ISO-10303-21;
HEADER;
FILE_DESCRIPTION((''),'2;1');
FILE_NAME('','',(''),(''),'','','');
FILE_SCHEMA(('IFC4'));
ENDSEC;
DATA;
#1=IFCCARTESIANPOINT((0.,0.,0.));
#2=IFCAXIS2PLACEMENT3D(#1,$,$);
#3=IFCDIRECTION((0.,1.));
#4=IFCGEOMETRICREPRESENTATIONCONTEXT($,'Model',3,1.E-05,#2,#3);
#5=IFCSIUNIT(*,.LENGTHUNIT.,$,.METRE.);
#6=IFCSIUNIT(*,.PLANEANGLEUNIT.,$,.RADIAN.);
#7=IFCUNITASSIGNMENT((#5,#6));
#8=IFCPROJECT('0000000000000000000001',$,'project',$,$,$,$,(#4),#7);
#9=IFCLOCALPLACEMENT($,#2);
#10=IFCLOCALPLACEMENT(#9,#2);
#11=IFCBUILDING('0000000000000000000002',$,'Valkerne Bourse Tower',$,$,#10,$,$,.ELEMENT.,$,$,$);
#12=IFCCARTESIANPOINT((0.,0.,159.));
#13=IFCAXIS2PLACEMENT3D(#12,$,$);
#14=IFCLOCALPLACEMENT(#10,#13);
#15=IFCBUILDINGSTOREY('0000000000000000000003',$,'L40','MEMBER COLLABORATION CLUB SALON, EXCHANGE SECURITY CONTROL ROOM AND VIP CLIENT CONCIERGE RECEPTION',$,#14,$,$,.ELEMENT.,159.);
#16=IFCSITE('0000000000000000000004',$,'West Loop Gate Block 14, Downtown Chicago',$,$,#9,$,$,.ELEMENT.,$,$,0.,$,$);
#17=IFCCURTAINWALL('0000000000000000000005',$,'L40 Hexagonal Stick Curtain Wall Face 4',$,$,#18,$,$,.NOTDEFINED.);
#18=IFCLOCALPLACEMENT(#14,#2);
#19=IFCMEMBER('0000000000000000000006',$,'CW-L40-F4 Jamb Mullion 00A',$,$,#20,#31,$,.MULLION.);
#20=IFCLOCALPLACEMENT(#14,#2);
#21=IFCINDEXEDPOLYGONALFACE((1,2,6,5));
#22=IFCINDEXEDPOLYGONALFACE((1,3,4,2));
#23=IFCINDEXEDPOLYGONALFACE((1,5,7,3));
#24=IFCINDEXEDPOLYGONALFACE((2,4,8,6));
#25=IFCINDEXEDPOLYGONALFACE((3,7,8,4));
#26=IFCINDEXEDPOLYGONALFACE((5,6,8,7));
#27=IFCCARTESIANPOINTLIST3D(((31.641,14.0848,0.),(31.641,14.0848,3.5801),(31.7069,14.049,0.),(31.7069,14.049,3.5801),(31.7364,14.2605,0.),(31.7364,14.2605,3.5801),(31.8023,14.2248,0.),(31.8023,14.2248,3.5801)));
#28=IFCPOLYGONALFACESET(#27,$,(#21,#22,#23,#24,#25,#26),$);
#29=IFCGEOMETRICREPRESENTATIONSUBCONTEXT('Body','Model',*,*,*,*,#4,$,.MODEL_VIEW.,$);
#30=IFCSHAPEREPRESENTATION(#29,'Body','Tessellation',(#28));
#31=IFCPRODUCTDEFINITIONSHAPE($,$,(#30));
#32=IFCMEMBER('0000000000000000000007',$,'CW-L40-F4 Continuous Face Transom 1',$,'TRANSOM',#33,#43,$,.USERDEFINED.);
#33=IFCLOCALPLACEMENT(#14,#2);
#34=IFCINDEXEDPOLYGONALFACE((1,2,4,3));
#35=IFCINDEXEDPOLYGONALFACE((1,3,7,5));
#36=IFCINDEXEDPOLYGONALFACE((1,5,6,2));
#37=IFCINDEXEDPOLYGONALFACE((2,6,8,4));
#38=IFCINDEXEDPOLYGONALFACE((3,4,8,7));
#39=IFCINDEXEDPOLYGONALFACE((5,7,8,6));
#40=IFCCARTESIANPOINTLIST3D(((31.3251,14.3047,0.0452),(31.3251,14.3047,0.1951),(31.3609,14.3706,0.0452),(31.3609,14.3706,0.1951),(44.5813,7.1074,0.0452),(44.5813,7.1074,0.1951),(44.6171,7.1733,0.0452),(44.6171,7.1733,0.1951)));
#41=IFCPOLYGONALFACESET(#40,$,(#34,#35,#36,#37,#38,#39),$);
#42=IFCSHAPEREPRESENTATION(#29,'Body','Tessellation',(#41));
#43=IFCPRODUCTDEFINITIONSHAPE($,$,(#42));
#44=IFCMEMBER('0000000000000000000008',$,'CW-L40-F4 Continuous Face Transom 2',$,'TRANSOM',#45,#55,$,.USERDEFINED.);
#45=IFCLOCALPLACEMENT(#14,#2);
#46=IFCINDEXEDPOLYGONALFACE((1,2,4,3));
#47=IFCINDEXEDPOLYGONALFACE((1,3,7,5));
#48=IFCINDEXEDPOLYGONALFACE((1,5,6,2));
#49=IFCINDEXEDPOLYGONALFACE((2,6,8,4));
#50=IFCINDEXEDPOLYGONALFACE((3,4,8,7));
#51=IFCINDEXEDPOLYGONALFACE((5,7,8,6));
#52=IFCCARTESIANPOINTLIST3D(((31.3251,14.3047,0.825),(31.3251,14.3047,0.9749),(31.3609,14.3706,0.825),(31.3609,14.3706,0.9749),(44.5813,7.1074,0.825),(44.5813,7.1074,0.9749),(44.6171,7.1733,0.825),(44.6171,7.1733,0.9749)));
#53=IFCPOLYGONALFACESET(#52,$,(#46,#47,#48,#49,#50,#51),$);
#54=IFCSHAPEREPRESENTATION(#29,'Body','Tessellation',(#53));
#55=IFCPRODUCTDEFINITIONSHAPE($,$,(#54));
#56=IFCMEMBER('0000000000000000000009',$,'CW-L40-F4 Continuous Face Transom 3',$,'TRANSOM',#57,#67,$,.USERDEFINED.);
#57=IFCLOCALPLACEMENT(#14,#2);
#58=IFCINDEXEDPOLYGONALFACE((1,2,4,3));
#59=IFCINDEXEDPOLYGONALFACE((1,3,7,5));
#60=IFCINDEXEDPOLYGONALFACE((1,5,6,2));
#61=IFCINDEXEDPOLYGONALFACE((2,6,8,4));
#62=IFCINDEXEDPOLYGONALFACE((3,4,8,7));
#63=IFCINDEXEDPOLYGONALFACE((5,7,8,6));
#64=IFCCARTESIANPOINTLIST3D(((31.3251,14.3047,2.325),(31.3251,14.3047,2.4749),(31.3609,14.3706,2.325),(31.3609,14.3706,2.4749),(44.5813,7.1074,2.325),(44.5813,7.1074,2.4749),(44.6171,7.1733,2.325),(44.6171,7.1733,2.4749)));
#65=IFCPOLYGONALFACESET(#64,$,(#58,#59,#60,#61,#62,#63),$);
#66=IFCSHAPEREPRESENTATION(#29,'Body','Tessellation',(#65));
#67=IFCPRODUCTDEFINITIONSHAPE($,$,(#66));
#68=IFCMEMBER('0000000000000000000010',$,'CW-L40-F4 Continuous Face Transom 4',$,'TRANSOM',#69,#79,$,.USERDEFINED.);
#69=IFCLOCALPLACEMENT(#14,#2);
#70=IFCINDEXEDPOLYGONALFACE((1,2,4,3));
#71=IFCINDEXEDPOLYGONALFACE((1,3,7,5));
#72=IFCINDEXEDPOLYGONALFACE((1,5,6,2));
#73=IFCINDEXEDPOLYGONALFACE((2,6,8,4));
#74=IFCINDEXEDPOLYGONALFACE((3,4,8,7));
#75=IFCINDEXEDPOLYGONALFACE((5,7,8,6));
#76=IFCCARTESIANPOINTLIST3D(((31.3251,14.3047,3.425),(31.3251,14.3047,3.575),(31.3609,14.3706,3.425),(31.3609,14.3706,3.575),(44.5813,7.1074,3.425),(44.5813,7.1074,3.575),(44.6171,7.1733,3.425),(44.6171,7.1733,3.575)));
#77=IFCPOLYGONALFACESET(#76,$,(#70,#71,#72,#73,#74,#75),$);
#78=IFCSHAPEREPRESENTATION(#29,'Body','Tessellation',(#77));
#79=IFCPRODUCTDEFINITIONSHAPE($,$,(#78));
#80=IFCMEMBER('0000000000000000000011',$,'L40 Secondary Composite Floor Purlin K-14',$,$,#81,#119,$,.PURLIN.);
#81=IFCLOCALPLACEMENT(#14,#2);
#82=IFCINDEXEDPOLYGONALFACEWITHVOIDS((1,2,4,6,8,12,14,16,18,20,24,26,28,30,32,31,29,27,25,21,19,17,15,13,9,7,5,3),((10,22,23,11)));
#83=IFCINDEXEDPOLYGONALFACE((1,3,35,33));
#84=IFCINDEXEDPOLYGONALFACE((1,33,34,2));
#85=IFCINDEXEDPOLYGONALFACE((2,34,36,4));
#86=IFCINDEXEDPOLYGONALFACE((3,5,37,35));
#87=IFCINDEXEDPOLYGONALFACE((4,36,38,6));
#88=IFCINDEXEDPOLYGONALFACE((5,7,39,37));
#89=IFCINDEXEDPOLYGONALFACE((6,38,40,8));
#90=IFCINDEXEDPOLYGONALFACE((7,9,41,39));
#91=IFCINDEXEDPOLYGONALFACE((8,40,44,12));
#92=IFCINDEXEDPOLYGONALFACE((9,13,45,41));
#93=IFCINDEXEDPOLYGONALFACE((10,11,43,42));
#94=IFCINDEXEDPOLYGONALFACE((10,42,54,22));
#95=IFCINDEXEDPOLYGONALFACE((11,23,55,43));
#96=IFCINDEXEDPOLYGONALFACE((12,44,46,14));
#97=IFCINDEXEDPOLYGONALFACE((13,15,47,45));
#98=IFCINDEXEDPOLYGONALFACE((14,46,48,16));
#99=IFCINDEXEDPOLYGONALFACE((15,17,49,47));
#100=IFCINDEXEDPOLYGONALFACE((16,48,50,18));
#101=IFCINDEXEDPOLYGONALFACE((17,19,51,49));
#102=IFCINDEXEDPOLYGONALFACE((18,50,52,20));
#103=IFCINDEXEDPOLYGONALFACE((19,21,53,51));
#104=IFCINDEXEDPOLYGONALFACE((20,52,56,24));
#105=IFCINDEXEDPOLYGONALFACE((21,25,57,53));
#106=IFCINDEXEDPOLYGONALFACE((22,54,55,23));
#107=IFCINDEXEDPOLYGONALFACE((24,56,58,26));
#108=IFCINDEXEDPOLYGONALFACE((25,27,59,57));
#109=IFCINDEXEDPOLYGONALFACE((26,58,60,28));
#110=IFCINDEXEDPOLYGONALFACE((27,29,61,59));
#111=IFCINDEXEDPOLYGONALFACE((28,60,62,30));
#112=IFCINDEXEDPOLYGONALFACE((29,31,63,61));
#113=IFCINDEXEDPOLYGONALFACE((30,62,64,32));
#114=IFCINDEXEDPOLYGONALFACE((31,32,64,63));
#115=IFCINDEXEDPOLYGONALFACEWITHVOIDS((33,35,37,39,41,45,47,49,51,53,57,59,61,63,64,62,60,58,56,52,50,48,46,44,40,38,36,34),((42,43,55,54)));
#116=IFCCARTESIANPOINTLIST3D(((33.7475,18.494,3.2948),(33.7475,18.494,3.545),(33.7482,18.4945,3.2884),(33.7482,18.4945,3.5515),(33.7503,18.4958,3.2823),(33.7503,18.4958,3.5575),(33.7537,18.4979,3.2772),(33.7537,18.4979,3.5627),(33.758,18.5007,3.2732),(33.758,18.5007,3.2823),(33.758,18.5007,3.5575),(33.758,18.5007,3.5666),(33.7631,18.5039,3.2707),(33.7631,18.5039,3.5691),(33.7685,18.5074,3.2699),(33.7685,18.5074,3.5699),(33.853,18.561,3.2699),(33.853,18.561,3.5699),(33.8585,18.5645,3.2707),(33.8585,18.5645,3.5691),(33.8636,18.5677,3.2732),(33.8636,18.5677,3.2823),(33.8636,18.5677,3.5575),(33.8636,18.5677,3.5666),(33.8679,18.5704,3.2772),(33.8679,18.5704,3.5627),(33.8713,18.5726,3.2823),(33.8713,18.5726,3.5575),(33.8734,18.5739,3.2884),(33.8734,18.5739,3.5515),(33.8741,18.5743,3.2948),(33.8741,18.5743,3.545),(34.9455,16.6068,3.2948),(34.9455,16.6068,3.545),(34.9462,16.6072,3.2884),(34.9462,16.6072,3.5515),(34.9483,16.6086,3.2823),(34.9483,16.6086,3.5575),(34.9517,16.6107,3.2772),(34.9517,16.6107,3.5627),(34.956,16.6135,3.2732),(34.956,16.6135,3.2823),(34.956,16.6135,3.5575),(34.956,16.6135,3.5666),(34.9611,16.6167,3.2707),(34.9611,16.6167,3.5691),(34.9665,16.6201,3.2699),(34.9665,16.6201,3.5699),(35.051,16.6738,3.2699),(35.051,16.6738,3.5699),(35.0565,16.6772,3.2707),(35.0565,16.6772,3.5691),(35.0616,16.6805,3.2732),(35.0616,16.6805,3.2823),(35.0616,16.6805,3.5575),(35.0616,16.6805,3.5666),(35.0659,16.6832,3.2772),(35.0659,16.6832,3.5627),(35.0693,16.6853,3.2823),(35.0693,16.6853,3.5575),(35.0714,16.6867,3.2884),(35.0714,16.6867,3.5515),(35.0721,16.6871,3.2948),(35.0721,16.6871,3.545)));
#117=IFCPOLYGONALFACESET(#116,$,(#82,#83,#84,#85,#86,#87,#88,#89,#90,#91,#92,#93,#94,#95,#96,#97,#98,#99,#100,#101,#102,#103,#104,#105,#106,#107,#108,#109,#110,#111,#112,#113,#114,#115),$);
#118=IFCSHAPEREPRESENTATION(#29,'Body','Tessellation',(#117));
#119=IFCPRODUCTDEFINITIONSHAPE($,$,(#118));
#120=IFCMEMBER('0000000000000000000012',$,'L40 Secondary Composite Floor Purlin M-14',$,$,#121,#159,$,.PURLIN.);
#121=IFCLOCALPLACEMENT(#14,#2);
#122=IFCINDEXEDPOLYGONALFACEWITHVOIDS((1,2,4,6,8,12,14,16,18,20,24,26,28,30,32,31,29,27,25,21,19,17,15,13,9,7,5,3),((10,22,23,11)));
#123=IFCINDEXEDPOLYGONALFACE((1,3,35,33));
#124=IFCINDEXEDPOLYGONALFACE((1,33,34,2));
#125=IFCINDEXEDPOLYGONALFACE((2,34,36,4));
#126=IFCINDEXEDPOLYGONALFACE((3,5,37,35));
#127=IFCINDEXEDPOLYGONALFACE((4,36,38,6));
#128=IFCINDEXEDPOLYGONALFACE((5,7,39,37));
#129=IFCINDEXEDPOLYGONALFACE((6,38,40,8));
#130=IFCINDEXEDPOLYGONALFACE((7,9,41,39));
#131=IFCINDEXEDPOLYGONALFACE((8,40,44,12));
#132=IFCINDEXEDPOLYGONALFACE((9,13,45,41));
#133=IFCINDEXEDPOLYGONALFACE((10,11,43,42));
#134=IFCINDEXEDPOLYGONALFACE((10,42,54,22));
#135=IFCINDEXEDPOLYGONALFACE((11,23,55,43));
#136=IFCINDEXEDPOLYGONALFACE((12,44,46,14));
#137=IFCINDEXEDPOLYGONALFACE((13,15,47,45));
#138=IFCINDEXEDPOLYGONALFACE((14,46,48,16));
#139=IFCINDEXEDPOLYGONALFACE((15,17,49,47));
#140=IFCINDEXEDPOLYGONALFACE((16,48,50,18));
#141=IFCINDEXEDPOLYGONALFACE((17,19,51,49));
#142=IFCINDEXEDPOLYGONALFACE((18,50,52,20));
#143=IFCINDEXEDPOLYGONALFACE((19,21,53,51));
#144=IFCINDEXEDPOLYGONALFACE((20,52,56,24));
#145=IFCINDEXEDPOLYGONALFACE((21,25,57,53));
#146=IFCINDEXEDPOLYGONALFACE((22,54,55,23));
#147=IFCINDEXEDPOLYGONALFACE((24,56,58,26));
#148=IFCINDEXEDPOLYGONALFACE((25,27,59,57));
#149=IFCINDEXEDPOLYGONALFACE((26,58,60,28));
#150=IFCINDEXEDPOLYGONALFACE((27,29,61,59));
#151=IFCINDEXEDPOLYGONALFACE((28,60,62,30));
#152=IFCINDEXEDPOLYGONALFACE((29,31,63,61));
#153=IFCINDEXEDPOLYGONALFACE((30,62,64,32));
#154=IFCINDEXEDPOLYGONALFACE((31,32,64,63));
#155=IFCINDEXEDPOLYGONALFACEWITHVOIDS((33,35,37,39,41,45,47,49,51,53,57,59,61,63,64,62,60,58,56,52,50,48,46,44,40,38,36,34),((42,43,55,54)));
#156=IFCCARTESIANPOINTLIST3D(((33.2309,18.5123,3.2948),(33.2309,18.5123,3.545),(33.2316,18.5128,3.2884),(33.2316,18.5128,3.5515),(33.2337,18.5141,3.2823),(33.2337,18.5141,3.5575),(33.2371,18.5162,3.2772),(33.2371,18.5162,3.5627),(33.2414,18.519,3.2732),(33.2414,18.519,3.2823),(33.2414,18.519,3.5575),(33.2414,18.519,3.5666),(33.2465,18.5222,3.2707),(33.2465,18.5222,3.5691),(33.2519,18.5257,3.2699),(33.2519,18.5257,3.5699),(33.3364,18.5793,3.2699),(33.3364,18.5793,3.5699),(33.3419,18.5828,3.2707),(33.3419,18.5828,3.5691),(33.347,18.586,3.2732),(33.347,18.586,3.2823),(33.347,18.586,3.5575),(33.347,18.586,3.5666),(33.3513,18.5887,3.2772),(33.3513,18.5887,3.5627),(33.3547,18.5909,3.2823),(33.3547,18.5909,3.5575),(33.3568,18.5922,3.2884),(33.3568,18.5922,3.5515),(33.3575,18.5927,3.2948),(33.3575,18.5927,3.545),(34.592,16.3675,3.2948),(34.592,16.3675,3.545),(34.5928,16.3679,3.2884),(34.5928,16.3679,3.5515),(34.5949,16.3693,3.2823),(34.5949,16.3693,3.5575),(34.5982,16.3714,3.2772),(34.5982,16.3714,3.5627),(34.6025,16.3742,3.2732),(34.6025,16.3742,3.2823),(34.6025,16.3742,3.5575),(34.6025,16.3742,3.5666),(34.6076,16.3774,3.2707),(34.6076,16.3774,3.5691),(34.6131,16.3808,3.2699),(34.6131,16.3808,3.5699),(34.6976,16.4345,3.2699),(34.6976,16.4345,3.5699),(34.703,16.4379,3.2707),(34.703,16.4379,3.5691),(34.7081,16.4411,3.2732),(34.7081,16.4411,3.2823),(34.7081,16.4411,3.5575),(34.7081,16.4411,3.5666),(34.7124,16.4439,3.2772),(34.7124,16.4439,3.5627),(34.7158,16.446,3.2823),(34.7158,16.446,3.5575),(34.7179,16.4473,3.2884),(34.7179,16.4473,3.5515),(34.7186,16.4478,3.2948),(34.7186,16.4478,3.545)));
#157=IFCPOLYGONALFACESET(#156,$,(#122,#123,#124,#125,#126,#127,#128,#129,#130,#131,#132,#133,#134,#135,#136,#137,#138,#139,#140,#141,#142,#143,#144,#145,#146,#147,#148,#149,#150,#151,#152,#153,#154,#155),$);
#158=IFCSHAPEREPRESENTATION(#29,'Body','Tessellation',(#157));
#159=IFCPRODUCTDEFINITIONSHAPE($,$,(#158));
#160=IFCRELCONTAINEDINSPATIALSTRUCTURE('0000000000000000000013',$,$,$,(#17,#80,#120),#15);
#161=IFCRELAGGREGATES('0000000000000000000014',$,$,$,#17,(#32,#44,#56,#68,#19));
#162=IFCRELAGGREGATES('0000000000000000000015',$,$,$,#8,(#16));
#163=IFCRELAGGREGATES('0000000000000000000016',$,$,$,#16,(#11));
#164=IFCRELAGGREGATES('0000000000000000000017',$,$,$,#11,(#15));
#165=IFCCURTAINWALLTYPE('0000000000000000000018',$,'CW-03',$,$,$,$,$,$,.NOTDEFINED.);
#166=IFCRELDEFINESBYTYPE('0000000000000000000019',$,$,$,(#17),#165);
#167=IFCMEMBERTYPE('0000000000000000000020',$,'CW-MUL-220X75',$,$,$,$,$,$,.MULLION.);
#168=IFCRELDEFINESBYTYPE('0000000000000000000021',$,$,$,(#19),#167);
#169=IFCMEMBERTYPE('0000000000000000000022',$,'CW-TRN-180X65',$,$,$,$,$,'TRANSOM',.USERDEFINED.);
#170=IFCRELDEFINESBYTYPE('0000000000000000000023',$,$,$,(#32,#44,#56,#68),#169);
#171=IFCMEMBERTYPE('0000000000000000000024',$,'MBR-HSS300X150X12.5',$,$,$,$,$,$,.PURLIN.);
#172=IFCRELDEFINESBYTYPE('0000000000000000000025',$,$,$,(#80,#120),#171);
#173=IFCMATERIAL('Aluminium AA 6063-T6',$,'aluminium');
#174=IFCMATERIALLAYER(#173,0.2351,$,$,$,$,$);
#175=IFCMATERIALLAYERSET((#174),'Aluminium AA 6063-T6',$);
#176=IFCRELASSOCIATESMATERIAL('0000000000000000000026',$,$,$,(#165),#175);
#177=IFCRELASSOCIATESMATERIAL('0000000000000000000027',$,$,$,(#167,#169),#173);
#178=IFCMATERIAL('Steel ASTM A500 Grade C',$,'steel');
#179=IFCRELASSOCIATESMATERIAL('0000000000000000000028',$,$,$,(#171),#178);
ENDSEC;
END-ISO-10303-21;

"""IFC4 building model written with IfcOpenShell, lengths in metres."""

from ifc_helpers import new_model, si_unit, direction, frame, origin, origin_2d, place, context, subcontext, project, spatial, rectangle, hollow_rectangle, extrude, material, layer, layer_set, material_profile, profile_set, type_object, element, aggregate, save


model = new_model("IFC4")

# Units and contexts
model_context = context("Model", 3, precision=1e-05, world=origin(), true_north=direction((0.0, 1.0)))
body_context = subcontext(model_context, "Body", "Model", "MODEL_VIEW")
ifc_project = project(units=[si_unit("LENGTHUNIT", "METRE"), si_unit("PLANEANGLEUNIT", "RADIAN")], contexts=[model_context])

# Site, building, storey
site_placement = place(None, origin())
site = spatial("IfcSite", under=ifc_project, at=site_placement, Name="West Loop Gate Block 14, Downtown Chicago", CompositionType="ELEMENT", RefElevation=0.0)
building_placement = place(site_placement, origin())
building = spatial("IfcBuilding", under=site, at=building_placement, Name="Valkerne Bourse Tower", CompositionType="ELEMENT")
storey_placement = place(building_placement, frame((0.0, 0.0, 159.0)))
storey = spatial("IfcBuildingStorey", under=building, at=storey_placement, Name="L40", Description="MEMBER COLLABORATION CLUB SALON, EXCHANGE SECURITY CONTROL ROOM AND VIP CLIENT CONCIERGE RECEPTION", CompositionType="ELEMENT", Elevation=159.0)

# Curtain wall, members
ifc_material_1 = material(Name="Aluminium AA 6063-T6", Category="aluminium")
ifc_layer_1 = layer(ifc_material_1, 0.2351)
ifc_layer_set_1 = layer_set([ifc_layer_1], Name="Aluminium AA 6063-T6")
curtain_wall_type = type_object("IfcCurtainWallType", Name="CW-03", PredefinedType="NOTDEFINED", material=ifc_layer_set_1)
curtain_wall_placement = place(storey_placement, origin())
curtain_wall = element("IfcCurtainWall", 1, at=curtain_wall_placement, inside=storey, type_object=curtain_wall_type, Name="L40 Hexagonal Stick Curtain Wall Face 4", PredefinedType="NOTDEFINED")
ifc_material_profile_1 = material_profile(ifc_material_1, rectangle(XDim=0.075, YDim=0.2, at=origin_2d()), Name="CWM-75X200")
ifc_profile_set_1 = profile_set([ifc_material_profile_1], Name="Aluminium AA 6063-T6")
member_type_1 = type_object("IfcMemberType", Name="CW-MUL-220X75", PredefinedType="MULLION", material=ifc_profile_set_1)
member_1_placement = place(storey_placement, frame((31.7217, 14.1548, 0.0), z_axis=(0.0, 0.0, 1.0), x_axis=(0.878823, -0.477147, 0.0)))
member_1 = element("IfcMember", 2, at=member_1_placement, type_object=member_type_1, Name="CW-L40-F4 Jamb Mullion 00A", PredefinedType="MULLION", context=body_context, shape_type="SweptSolid", body=[
    extrude(rectangle(XDim=0.075, YDim=0.2, at=origin_2d()), origin(), (0.0, 0.0, 1.0), 3.5801),
])
ifc_material_profile_2 = material_profile(ifc_material_1, rectangle(XDim=0.075, YDim=0.1499, at=origin_2d()), Name="CWT-75X150")
ifc_profile_set_2 = profile_set([ifc_material_profile_2], Name="Aluminium AA 6063-T6")
member_type_2 = type_object("IfcMemberType", Name="CW-TRN-180X65", ElementType="TRANSOM", PredefinedType="USERDEFINED", material=ifc_profile_set_2)
member_2_placement = place(storey_placement, frame((31.343, 14.3376, 0.1201), z_axis=(0.878823, -0.477148, 0.0), x_axis=(0.477148, 0.878823, 0.0)))
member_2 = element("IfcMember", 3, at=member_2_placement, type_object=member_type_2, Name="CW-L40-F4 Continuous Face Transom 1", ObjectType="TRANSOM", PredefinedType="USERDEFINED", context=body_context, shape_type="SweptSolid", body=[
    extrude(rectangle(XDim=0.075, YDim=0.1499, at=origin_2d()), origin(), (0.0, 0.0, 1.0), 15.084),
])
member_3_placement = place(storey_placement, frame((31.343, 14.3376, 0.8999), z_axis=(0.878823, -0.477148, 0.0), x_axis=(0.477148, 0.878823, 0.0)))
member_3 = element("IfcMember", 4, at=member_3_placement, type_object=member_type_2, Name="CW-L40-F4 Continuous Face Transom 2", ObjectType="TRANSOM", PredefinedType="USERDEFINED", context=body_context, shape_type="SweptSolid", body=[
    extrude(rectangle(XDim=0.075, YDim=0.1499, at=origin_2d()), origin(), (0.0, 0.0, 1.0), 15.084),
])
member_4_placement = place(storey_placement, frame((31.343, 14.3376, 2.3999), z_axis=(0.878823, -0.477148, 0.0), x_axis=(0.477148, 0.878823, 0.0)))
member_4 = element("IfcMember", 5, at=member_4_placement, type_object=member_type_2, Name="CW-L40-F4 Continuous Face Transom 3", ObjectType="TRANSOM", PredefinedType="USERDEFINED", context=body_context, shape_type="SweptSolid", body=[
    extrude(rectangle(XDim=0.075, YDim=0.1499, at=origin_2d()), origin(), (0.0, 0.0, 1.0), 15.084),
])
member_5_placement = place(storey_placement, frame((31.343, 14.3376, 3.5), z_axis=(0.878823, -0.477148, 0.0), x_axis=(0.477148, 0.878823, 0.0)))
member_5 = element("IfcMember", 6, at=member_5_placement, type_object=member_type_2, Name="CW-L40-F4 Continuous Face Transom 4", ObjectType="TRANSOM", PredefinedType="USERDEFINED", context=body_context, shape_type="SweptSolid", body=[
    extrude(rectangle(XDim=0.075, YDim=0.1499, at=origin_2d()), origin(), (0.0, 0.0, 1.0), 15.084),
])

# Members
ifc_material_2 = material(Name="Steel ASTM A500 Grade C", Category="steel")
ifc_material_profile_3 = material_profile(ifc_material_2, hollow_rectangle(XDim=0.1499, YDim=0.3, WallThickness=0.0125, OuterFilletRadius=0.0249, at=origin_2d()), Name="HSS300X150X12.5")
ifc_profile_set_3 = profile_set([ifc_material_profile_3], Name="Steel ASTM A500 Grade C")
member_type_3 = type_object("IfcMemberType", Name="MBR-HSS300X150X12.5", PredefinedType="PURLIN", material=ifc_profile_set_3)
member_6_placement = place(storey_placement, frame((33.8108, 18.5342, 3.4199), z_axis=(0.535935, -0.844259, 0.0), x_axis=(0.844259, 0.535935, 0.0)))
element("IfcMember", 7, at=member_6_placement, inside=storey, type_object=member_type_3, Name="L40 Secondary Composite Floor Purlin K-14", PredefinedType="PURLIN", context=body_context, shape_type="SweptSolid", body=[
    extrude(hollow_rectangle(XDim=0.1499, YDim=0.3, WallThickness=0.0125, OuterFilletRadius=0.0249, at=origin_2d()), origin(), (0.0, 0.0, 1.0), 2.2354),
])
member_7_placement = place(storey_placement, frame((33.2942, 18.5525, 3.4199), z_axis=(0.535818, -0.844334, 0.0), x_axis=(0.844334, 0.535818, 0.0)))
element("IfcMember", 8, at=member_7_placement, inside=storey, type_object=member_type_3, Name="L40 Secondary Composite Floor Purlin M-14", PredefinedType="PURLIN", context=body_context, shape_type="SweptSolid", body=[
    extrude(hollow_rectangle(XDim=0.1499, YDim=0.3, WallThickness=0.0125, OuterFilletRadius=0.0249, at=origin_2d()), origin(), (0.0, 0.0, 1.0), 2.5403),
])

aggregate(curtain_wall, [member_2, member_3, member_4, member_5, member_1])

save(model, "model.ifc")
